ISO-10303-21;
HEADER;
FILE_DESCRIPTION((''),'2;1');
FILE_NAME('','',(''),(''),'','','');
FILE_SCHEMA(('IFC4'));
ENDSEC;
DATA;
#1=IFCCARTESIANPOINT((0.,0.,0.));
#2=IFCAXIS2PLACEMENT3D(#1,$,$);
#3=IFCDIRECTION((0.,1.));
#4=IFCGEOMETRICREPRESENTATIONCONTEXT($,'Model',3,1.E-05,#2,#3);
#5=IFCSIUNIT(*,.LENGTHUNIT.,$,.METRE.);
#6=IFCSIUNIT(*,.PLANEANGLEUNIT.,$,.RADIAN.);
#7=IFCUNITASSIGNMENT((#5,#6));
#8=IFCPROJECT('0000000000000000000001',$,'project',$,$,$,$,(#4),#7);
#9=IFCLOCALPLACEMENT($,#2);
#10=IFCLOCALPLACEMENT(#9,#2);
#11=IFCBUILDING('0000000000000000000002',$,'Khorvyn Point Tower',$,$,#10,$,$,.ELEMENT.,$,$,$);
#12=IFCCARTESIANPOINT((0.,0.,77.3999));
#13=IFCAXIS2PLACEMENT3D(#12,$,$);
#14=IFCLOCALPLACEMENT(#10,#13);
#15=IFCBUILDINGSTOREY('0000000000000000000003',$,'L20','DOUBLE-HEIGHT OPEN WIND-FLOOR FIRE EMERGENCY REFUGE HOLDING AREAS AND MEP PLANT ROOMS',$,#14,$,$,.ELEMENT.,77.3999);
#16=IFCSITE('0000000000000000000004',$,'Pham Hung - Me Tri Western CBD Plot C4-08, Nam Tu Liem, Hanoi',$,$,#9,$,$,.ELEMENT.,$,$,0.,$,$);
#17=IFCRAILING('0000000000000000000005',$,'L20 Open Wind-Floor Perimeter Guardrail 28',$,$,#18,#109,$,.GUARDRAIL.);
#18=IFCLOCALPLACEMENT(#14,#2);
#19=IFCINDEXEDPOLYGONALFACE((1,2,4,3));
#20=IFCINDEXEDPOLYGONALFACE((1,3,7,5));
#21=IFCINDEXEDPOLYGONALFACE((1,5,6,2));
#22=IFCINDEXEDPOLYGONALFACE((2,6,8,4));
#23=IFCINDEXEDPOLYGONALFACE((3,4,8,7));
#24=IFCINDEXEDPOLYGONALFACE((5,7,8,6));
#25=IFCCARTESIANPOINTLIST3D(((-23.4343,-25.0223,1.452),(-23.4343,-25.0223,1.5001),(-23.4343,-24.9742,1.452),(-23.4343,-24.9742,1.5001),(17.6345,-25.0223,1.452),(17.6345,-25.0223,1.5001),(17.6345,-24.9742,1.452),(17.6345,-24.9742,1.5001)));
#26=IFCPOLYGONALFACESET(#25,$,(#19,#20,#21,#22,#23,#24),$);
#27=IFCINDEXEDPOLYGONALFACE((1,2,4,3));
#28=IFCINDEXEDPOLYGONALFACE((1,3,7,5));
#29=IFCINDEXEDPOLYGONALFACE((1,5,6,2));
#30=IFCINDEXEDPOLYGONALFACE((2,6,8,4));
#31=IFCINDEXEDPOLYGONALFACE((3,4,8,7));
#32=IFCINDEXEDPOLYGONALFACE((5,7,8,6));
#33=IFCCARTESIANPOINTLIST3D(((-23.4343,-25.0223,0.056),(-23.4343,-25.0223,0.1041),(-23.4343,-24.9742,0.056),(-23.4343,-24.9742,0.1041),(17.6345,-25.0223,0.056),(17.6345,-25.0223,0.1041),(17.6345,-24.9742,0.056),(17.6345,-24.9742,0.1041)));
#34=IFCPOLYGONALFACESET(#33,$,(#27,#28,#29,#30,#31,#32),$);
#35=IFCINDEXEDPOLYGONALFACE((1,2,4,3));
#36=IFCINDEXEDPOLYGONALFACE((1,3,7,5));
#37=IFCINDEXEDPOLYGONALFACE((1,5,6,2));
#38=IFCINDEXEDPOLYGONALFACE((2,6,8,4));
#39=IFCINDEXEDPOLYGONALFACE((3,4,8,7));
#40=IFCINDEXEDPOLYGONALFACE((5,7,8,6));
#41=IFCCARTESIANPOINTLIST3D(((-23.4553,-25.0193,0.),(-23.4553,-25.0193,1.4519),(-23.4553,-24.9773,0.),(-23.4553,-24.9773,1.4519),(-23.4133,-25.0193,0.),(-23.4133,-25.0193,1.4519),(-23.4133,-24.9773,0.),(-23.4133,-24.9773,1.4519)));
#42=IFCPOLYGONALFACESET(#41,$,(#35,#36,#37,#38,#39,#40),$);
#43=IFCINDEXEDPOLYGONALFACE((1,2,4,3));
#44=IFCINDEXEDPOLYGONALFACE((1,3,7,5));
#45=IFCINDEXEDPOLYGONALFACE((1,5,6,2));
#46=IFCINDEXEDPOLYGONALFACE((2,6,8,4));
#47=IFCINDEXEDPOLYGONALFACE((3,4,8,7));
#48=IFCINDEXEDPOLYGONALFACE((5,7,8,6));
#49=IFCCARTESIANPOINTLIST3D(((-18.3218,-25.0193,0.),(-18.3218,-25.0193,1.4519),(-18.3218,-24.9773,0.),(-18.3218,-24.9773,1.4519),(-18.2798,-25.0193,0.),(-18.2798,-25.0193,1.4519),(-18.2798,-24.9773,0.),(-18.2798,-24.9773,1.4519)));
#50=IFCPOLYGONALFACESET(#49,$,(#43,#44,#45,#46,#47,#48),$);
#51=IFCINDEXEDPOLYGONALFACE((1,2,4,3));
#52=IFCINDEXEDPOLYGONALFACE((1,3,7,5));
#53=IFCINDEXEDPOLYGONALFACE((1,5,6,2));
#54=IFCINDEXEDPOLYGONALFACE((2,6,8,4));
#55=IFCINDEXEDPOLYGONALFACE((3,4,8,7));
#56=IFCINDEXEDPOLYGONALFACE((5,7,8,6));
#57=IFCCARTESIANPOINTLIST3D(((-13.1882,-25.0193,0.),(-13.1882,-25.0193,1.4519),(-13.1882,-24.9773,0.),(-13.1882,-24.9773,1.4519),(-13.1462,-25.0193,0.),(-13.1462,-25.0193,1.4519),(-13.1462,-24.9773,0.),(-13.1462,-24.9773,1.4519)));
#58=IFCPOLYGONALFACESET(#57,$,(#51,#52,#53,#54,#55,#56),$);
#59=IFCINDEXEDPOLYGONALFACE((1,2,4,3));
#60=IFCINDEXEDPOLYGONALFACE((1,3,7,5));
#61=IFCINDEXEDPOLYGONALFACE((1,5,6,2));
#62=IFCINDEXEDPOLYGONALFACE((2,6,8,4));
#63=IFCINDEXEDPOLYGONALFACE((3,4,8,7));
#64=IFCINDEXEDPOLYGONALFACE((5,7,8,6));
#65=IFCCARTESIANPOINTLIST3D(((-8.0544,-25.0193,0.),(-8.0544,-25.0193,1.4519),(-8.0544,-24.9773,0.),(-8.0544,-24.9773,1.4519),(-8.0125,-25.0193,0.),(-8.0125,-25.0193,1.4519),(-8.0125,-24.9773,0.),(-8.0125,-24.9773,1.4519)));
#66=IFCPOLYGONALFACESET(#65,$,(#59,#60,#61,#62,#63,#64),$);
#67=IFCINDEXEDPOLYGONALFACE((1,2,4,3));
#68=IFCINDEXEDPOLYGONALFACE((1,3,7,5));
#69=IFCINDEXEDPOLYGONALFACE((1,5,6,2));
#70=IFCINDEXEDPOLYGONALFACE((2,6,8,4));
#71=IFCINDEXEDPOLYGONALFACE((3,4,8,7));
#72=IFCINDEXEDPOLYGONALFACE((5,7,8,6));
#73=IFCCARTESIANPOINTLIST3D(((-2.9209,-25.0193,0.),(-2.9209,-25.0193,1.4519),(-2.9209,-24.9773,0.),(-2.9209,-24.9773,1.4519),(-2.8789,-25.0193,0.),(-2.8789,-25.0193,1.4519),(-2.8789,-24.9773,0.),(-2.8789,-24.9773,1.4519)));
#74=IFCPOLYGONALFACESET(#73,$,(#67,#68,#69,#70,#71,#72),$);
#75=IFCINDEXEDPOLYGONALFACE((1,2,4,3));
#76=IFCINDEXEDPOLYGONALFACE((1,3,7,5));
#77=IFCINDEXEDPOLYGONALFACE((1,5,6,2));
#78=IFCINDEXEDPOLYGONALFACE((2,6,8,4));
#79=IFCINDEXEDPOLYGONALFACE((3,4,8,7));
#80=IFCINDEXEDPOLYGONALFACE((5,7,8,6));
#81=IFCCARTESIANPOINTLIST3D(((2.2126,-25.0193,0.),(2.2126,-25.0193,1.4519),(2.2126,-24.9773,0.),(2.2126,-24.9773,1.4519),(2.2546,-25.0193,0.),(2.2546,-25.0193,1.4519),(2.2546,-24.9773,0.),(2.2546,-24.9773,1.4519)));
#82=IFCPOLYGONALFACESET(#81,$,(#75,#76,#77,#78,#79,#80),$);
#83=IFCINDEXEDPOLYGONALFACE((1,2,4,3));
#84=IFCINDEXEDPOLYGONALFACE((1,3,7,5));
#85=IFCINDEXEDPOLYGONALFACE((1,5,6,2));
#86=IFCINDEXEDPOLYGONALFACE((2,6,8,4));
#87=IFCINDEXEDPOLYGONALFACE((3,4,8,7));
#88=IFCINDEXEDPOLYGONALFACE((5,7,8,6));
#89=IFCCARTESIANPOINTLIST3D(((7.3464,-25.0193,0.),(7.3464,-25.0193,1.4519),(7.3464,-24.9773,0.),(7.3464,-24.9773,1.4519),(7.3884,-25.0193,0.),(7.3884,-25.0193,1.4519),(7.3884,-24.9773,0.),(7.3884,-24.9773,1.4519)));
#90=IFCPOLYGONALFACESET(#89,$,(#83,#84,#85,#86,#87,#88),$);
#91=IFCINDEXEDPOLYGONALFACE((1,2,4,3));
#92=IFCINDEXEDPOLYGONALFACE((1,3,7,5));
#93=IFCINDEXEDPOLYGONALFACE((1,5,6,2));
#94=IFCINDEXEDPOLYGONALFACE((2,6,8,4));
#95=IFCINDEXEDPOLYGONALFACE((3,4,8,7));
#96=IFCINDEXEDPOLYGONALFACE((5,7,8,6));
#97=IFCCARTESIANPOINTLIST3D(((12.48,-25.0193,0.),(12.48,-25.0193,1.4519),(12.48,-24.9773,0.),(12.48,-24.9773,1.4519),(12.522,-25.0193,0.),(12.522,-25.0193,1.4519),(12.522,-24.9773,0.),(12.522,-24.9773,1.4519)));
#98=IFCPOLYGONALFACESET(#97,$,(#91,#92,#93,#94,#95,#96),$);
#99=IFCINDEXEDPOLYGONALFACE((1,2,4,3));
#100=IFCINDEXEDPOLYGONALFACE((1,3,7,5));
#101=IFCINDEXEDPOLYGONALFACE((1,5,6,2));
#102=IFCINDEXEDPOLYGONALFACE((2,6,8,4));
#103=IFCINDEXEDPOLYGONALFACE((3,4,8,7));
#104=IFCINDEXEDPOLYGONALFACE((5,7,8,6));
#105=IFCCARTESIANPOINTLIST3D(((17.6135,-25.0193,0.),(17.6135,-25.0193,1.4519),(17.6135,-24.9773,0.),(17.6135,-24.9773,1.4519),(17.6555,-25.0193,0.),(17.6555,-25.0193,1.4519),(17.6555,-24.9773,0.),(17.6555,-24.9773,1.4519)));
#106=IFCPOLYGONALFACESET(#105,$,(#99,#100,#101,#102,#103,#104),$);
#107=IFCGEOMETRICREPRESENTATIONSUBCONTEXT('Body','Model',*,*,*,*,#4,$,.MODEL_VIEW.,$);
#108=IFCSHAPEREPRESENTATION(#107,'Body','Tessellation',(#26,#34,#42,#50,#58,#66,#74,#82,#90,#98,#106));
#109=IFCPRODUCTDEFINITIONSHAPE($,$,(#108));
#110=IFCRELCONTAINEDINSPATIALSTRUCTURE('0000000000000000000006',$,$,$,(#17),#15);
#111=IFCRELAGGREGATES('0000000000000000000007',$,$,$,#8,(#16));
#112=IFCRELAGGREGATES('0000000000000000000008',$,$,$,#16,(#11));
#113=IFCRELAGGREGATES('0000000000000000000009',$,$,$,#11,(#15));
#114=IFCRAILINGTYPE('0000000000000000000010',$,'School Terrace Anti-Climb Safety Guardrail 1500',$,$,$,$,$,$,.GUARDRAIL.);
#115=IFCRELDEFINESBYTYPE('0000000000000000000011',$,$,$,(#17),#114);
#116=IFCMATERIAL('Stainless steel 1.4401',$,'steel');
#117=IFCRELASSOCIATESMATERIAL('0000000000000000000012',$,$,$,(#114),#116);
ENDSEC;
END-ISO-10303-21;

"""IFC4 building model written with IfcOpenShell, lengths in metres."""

from ifc_helpers import new_model, si_unit, direction, frame, origin, origin_2d, place, context, subcontext, project, spatial, rectangle, extrude, material, type_object, element, save


model = new_model("IFC4")

# Units and contexts
model_context = context("Model", 3, precision=1e-05, world=origin(), true_north=direction((0.0, 1.0)))
body_context = subcontext(model_context, "Body", "Model", "MODEL_VIEW")
ifc_project = project(units=[si_unit("LENGTHUNIT", "METRE"), si_unit("PLANEANGLEUNIT", "RADIAN")], contexts=[model_context])

# Site, building, storey
site_placement = place(None, origin())
site = spatial("IfcSite", under=ifc_project, at=site_placement, Name="Pham Hung - Me Tri Western CBD Plot C4-08, Nam Tu Liem, Hanoi", CompositionType="ELEMENT", RefElevation=0.0)
building_placement = place(site_placement, origin())
building = spatial("IfcBuilding", under=site, at=building_placement, Name="Khorvyn Point Tower", CompositionType="ELEMENT")
storey_placement = place(building_placement, frame((0.0, 0.0, 77.3999)))
storey = spatial("IfcBuildingStorey", under=building, at=storey_placement, Name="L20", Description="DOUBLE-HEIGHT OPEN WIND-FLOOR FIRE EMERGENCY REFUGE HOLDING AREAS AND MEP PLANT ROOMS", CompositionType="ELEMENT", Elevation=77.3999)

# Railing
ifc_material_1 = material(Name="Stainless steel 1.4401", Category="steel")
railing_type = type_object("IfcRailingType", Name="School Terrace Anti-Climb Safety Guardrail 1500", PredefinedType="GUARDRAIL", material=ifc_material_1)
railing_1_placement = place(storey_placement, frame((-23.4343, -24.9983, 0.0)))
element("IfcRailing", 1, at=railing_1_placement, inside=storey, type_object=railing_type, Name="L20 Open Wind-Floor Perimeter Guardrail 28", PredefinedType="GUARDRAIL", context=body_context, shape_type="SweptSolid", body=[
    extrude(rectangle(XDim=0.0481, YDim=0.0481, at=origin_2d()), frame((0.0, 0.0, 1.4761), z_axis=(1.0, 0.0, 0.0), x_axis=(0.0, 1.0, 0.0)), (0.0, 0.0, 1.0), 41.0688),
    extrude(rectangle(XDim=0.0481, YDim=0.0481, at=origin_2d()), frame((0.0, 0.0, 0.0801), z_axis=(1.0, 0.0, 0.0), x_axis=(0.0, 1.0, 0.0)), (0.0, 0.0, 1.0), 41.0688),
    extrude(rectangle(XDim=0.042, YDim=0.042, at=origin_2d()), origin(), (0.0, 0.0, 1.0), 1.4519),
    extrude(rectangle(XDim=0.042, YDim=0.042, at=origin_2d()), frame((5.1335, 0.0, 0.0)), (0.0, 0.0, 1.0), 1.4519),
    extrude(rectangle(XDim=0.042, YDim=0.042, at=origin_2d()), frame((10.2671, 0.0, 0.0)), (0.0, 0.0, 1.0), 1.4519),
    extrude(rectangle(XDim=0.042, YDim=0.042, at=origin_2d()), frame((15.4009, 0.0, 0.0)), (0.0, 0.0, 1.0), 1.4519),
    extrude(rectangle(XDim=0.042, YDim=0.042, at=origin_2d()), frame((20.5344, 0.0, 0.0)), (0.0, 0.0, 1.0), 1.4519),
    extrude(rectangle(XDim=0.042, YDim=0.042, at=origin_2d()), frame((25.668, 0.0, 0.0)), (0.0, 0.0, 1.0), 1.4519),
    extrude(rectangle(XDim=0.042, YDim=0.042, at=origin_2d()), frame((30.8018, 0.0, 0.0)), (0.0, 0.0, 1.0), 1.4519),
    extrude(rectangle(XDim=0.042, YDim=0.042, at=origin_2d()), frame((35.9353, 0.0, 0.0)), (0.0, 0.0, 1.0), 1.4519),
    extrude(rectangle(XDim=0.042, YDim=0.042, at=origin_2d()), frame((41.0688, 0.0, 0.0)), (0.0, 0.0, 1.0), 1.4519),
])

save(model, "model.ifc")
